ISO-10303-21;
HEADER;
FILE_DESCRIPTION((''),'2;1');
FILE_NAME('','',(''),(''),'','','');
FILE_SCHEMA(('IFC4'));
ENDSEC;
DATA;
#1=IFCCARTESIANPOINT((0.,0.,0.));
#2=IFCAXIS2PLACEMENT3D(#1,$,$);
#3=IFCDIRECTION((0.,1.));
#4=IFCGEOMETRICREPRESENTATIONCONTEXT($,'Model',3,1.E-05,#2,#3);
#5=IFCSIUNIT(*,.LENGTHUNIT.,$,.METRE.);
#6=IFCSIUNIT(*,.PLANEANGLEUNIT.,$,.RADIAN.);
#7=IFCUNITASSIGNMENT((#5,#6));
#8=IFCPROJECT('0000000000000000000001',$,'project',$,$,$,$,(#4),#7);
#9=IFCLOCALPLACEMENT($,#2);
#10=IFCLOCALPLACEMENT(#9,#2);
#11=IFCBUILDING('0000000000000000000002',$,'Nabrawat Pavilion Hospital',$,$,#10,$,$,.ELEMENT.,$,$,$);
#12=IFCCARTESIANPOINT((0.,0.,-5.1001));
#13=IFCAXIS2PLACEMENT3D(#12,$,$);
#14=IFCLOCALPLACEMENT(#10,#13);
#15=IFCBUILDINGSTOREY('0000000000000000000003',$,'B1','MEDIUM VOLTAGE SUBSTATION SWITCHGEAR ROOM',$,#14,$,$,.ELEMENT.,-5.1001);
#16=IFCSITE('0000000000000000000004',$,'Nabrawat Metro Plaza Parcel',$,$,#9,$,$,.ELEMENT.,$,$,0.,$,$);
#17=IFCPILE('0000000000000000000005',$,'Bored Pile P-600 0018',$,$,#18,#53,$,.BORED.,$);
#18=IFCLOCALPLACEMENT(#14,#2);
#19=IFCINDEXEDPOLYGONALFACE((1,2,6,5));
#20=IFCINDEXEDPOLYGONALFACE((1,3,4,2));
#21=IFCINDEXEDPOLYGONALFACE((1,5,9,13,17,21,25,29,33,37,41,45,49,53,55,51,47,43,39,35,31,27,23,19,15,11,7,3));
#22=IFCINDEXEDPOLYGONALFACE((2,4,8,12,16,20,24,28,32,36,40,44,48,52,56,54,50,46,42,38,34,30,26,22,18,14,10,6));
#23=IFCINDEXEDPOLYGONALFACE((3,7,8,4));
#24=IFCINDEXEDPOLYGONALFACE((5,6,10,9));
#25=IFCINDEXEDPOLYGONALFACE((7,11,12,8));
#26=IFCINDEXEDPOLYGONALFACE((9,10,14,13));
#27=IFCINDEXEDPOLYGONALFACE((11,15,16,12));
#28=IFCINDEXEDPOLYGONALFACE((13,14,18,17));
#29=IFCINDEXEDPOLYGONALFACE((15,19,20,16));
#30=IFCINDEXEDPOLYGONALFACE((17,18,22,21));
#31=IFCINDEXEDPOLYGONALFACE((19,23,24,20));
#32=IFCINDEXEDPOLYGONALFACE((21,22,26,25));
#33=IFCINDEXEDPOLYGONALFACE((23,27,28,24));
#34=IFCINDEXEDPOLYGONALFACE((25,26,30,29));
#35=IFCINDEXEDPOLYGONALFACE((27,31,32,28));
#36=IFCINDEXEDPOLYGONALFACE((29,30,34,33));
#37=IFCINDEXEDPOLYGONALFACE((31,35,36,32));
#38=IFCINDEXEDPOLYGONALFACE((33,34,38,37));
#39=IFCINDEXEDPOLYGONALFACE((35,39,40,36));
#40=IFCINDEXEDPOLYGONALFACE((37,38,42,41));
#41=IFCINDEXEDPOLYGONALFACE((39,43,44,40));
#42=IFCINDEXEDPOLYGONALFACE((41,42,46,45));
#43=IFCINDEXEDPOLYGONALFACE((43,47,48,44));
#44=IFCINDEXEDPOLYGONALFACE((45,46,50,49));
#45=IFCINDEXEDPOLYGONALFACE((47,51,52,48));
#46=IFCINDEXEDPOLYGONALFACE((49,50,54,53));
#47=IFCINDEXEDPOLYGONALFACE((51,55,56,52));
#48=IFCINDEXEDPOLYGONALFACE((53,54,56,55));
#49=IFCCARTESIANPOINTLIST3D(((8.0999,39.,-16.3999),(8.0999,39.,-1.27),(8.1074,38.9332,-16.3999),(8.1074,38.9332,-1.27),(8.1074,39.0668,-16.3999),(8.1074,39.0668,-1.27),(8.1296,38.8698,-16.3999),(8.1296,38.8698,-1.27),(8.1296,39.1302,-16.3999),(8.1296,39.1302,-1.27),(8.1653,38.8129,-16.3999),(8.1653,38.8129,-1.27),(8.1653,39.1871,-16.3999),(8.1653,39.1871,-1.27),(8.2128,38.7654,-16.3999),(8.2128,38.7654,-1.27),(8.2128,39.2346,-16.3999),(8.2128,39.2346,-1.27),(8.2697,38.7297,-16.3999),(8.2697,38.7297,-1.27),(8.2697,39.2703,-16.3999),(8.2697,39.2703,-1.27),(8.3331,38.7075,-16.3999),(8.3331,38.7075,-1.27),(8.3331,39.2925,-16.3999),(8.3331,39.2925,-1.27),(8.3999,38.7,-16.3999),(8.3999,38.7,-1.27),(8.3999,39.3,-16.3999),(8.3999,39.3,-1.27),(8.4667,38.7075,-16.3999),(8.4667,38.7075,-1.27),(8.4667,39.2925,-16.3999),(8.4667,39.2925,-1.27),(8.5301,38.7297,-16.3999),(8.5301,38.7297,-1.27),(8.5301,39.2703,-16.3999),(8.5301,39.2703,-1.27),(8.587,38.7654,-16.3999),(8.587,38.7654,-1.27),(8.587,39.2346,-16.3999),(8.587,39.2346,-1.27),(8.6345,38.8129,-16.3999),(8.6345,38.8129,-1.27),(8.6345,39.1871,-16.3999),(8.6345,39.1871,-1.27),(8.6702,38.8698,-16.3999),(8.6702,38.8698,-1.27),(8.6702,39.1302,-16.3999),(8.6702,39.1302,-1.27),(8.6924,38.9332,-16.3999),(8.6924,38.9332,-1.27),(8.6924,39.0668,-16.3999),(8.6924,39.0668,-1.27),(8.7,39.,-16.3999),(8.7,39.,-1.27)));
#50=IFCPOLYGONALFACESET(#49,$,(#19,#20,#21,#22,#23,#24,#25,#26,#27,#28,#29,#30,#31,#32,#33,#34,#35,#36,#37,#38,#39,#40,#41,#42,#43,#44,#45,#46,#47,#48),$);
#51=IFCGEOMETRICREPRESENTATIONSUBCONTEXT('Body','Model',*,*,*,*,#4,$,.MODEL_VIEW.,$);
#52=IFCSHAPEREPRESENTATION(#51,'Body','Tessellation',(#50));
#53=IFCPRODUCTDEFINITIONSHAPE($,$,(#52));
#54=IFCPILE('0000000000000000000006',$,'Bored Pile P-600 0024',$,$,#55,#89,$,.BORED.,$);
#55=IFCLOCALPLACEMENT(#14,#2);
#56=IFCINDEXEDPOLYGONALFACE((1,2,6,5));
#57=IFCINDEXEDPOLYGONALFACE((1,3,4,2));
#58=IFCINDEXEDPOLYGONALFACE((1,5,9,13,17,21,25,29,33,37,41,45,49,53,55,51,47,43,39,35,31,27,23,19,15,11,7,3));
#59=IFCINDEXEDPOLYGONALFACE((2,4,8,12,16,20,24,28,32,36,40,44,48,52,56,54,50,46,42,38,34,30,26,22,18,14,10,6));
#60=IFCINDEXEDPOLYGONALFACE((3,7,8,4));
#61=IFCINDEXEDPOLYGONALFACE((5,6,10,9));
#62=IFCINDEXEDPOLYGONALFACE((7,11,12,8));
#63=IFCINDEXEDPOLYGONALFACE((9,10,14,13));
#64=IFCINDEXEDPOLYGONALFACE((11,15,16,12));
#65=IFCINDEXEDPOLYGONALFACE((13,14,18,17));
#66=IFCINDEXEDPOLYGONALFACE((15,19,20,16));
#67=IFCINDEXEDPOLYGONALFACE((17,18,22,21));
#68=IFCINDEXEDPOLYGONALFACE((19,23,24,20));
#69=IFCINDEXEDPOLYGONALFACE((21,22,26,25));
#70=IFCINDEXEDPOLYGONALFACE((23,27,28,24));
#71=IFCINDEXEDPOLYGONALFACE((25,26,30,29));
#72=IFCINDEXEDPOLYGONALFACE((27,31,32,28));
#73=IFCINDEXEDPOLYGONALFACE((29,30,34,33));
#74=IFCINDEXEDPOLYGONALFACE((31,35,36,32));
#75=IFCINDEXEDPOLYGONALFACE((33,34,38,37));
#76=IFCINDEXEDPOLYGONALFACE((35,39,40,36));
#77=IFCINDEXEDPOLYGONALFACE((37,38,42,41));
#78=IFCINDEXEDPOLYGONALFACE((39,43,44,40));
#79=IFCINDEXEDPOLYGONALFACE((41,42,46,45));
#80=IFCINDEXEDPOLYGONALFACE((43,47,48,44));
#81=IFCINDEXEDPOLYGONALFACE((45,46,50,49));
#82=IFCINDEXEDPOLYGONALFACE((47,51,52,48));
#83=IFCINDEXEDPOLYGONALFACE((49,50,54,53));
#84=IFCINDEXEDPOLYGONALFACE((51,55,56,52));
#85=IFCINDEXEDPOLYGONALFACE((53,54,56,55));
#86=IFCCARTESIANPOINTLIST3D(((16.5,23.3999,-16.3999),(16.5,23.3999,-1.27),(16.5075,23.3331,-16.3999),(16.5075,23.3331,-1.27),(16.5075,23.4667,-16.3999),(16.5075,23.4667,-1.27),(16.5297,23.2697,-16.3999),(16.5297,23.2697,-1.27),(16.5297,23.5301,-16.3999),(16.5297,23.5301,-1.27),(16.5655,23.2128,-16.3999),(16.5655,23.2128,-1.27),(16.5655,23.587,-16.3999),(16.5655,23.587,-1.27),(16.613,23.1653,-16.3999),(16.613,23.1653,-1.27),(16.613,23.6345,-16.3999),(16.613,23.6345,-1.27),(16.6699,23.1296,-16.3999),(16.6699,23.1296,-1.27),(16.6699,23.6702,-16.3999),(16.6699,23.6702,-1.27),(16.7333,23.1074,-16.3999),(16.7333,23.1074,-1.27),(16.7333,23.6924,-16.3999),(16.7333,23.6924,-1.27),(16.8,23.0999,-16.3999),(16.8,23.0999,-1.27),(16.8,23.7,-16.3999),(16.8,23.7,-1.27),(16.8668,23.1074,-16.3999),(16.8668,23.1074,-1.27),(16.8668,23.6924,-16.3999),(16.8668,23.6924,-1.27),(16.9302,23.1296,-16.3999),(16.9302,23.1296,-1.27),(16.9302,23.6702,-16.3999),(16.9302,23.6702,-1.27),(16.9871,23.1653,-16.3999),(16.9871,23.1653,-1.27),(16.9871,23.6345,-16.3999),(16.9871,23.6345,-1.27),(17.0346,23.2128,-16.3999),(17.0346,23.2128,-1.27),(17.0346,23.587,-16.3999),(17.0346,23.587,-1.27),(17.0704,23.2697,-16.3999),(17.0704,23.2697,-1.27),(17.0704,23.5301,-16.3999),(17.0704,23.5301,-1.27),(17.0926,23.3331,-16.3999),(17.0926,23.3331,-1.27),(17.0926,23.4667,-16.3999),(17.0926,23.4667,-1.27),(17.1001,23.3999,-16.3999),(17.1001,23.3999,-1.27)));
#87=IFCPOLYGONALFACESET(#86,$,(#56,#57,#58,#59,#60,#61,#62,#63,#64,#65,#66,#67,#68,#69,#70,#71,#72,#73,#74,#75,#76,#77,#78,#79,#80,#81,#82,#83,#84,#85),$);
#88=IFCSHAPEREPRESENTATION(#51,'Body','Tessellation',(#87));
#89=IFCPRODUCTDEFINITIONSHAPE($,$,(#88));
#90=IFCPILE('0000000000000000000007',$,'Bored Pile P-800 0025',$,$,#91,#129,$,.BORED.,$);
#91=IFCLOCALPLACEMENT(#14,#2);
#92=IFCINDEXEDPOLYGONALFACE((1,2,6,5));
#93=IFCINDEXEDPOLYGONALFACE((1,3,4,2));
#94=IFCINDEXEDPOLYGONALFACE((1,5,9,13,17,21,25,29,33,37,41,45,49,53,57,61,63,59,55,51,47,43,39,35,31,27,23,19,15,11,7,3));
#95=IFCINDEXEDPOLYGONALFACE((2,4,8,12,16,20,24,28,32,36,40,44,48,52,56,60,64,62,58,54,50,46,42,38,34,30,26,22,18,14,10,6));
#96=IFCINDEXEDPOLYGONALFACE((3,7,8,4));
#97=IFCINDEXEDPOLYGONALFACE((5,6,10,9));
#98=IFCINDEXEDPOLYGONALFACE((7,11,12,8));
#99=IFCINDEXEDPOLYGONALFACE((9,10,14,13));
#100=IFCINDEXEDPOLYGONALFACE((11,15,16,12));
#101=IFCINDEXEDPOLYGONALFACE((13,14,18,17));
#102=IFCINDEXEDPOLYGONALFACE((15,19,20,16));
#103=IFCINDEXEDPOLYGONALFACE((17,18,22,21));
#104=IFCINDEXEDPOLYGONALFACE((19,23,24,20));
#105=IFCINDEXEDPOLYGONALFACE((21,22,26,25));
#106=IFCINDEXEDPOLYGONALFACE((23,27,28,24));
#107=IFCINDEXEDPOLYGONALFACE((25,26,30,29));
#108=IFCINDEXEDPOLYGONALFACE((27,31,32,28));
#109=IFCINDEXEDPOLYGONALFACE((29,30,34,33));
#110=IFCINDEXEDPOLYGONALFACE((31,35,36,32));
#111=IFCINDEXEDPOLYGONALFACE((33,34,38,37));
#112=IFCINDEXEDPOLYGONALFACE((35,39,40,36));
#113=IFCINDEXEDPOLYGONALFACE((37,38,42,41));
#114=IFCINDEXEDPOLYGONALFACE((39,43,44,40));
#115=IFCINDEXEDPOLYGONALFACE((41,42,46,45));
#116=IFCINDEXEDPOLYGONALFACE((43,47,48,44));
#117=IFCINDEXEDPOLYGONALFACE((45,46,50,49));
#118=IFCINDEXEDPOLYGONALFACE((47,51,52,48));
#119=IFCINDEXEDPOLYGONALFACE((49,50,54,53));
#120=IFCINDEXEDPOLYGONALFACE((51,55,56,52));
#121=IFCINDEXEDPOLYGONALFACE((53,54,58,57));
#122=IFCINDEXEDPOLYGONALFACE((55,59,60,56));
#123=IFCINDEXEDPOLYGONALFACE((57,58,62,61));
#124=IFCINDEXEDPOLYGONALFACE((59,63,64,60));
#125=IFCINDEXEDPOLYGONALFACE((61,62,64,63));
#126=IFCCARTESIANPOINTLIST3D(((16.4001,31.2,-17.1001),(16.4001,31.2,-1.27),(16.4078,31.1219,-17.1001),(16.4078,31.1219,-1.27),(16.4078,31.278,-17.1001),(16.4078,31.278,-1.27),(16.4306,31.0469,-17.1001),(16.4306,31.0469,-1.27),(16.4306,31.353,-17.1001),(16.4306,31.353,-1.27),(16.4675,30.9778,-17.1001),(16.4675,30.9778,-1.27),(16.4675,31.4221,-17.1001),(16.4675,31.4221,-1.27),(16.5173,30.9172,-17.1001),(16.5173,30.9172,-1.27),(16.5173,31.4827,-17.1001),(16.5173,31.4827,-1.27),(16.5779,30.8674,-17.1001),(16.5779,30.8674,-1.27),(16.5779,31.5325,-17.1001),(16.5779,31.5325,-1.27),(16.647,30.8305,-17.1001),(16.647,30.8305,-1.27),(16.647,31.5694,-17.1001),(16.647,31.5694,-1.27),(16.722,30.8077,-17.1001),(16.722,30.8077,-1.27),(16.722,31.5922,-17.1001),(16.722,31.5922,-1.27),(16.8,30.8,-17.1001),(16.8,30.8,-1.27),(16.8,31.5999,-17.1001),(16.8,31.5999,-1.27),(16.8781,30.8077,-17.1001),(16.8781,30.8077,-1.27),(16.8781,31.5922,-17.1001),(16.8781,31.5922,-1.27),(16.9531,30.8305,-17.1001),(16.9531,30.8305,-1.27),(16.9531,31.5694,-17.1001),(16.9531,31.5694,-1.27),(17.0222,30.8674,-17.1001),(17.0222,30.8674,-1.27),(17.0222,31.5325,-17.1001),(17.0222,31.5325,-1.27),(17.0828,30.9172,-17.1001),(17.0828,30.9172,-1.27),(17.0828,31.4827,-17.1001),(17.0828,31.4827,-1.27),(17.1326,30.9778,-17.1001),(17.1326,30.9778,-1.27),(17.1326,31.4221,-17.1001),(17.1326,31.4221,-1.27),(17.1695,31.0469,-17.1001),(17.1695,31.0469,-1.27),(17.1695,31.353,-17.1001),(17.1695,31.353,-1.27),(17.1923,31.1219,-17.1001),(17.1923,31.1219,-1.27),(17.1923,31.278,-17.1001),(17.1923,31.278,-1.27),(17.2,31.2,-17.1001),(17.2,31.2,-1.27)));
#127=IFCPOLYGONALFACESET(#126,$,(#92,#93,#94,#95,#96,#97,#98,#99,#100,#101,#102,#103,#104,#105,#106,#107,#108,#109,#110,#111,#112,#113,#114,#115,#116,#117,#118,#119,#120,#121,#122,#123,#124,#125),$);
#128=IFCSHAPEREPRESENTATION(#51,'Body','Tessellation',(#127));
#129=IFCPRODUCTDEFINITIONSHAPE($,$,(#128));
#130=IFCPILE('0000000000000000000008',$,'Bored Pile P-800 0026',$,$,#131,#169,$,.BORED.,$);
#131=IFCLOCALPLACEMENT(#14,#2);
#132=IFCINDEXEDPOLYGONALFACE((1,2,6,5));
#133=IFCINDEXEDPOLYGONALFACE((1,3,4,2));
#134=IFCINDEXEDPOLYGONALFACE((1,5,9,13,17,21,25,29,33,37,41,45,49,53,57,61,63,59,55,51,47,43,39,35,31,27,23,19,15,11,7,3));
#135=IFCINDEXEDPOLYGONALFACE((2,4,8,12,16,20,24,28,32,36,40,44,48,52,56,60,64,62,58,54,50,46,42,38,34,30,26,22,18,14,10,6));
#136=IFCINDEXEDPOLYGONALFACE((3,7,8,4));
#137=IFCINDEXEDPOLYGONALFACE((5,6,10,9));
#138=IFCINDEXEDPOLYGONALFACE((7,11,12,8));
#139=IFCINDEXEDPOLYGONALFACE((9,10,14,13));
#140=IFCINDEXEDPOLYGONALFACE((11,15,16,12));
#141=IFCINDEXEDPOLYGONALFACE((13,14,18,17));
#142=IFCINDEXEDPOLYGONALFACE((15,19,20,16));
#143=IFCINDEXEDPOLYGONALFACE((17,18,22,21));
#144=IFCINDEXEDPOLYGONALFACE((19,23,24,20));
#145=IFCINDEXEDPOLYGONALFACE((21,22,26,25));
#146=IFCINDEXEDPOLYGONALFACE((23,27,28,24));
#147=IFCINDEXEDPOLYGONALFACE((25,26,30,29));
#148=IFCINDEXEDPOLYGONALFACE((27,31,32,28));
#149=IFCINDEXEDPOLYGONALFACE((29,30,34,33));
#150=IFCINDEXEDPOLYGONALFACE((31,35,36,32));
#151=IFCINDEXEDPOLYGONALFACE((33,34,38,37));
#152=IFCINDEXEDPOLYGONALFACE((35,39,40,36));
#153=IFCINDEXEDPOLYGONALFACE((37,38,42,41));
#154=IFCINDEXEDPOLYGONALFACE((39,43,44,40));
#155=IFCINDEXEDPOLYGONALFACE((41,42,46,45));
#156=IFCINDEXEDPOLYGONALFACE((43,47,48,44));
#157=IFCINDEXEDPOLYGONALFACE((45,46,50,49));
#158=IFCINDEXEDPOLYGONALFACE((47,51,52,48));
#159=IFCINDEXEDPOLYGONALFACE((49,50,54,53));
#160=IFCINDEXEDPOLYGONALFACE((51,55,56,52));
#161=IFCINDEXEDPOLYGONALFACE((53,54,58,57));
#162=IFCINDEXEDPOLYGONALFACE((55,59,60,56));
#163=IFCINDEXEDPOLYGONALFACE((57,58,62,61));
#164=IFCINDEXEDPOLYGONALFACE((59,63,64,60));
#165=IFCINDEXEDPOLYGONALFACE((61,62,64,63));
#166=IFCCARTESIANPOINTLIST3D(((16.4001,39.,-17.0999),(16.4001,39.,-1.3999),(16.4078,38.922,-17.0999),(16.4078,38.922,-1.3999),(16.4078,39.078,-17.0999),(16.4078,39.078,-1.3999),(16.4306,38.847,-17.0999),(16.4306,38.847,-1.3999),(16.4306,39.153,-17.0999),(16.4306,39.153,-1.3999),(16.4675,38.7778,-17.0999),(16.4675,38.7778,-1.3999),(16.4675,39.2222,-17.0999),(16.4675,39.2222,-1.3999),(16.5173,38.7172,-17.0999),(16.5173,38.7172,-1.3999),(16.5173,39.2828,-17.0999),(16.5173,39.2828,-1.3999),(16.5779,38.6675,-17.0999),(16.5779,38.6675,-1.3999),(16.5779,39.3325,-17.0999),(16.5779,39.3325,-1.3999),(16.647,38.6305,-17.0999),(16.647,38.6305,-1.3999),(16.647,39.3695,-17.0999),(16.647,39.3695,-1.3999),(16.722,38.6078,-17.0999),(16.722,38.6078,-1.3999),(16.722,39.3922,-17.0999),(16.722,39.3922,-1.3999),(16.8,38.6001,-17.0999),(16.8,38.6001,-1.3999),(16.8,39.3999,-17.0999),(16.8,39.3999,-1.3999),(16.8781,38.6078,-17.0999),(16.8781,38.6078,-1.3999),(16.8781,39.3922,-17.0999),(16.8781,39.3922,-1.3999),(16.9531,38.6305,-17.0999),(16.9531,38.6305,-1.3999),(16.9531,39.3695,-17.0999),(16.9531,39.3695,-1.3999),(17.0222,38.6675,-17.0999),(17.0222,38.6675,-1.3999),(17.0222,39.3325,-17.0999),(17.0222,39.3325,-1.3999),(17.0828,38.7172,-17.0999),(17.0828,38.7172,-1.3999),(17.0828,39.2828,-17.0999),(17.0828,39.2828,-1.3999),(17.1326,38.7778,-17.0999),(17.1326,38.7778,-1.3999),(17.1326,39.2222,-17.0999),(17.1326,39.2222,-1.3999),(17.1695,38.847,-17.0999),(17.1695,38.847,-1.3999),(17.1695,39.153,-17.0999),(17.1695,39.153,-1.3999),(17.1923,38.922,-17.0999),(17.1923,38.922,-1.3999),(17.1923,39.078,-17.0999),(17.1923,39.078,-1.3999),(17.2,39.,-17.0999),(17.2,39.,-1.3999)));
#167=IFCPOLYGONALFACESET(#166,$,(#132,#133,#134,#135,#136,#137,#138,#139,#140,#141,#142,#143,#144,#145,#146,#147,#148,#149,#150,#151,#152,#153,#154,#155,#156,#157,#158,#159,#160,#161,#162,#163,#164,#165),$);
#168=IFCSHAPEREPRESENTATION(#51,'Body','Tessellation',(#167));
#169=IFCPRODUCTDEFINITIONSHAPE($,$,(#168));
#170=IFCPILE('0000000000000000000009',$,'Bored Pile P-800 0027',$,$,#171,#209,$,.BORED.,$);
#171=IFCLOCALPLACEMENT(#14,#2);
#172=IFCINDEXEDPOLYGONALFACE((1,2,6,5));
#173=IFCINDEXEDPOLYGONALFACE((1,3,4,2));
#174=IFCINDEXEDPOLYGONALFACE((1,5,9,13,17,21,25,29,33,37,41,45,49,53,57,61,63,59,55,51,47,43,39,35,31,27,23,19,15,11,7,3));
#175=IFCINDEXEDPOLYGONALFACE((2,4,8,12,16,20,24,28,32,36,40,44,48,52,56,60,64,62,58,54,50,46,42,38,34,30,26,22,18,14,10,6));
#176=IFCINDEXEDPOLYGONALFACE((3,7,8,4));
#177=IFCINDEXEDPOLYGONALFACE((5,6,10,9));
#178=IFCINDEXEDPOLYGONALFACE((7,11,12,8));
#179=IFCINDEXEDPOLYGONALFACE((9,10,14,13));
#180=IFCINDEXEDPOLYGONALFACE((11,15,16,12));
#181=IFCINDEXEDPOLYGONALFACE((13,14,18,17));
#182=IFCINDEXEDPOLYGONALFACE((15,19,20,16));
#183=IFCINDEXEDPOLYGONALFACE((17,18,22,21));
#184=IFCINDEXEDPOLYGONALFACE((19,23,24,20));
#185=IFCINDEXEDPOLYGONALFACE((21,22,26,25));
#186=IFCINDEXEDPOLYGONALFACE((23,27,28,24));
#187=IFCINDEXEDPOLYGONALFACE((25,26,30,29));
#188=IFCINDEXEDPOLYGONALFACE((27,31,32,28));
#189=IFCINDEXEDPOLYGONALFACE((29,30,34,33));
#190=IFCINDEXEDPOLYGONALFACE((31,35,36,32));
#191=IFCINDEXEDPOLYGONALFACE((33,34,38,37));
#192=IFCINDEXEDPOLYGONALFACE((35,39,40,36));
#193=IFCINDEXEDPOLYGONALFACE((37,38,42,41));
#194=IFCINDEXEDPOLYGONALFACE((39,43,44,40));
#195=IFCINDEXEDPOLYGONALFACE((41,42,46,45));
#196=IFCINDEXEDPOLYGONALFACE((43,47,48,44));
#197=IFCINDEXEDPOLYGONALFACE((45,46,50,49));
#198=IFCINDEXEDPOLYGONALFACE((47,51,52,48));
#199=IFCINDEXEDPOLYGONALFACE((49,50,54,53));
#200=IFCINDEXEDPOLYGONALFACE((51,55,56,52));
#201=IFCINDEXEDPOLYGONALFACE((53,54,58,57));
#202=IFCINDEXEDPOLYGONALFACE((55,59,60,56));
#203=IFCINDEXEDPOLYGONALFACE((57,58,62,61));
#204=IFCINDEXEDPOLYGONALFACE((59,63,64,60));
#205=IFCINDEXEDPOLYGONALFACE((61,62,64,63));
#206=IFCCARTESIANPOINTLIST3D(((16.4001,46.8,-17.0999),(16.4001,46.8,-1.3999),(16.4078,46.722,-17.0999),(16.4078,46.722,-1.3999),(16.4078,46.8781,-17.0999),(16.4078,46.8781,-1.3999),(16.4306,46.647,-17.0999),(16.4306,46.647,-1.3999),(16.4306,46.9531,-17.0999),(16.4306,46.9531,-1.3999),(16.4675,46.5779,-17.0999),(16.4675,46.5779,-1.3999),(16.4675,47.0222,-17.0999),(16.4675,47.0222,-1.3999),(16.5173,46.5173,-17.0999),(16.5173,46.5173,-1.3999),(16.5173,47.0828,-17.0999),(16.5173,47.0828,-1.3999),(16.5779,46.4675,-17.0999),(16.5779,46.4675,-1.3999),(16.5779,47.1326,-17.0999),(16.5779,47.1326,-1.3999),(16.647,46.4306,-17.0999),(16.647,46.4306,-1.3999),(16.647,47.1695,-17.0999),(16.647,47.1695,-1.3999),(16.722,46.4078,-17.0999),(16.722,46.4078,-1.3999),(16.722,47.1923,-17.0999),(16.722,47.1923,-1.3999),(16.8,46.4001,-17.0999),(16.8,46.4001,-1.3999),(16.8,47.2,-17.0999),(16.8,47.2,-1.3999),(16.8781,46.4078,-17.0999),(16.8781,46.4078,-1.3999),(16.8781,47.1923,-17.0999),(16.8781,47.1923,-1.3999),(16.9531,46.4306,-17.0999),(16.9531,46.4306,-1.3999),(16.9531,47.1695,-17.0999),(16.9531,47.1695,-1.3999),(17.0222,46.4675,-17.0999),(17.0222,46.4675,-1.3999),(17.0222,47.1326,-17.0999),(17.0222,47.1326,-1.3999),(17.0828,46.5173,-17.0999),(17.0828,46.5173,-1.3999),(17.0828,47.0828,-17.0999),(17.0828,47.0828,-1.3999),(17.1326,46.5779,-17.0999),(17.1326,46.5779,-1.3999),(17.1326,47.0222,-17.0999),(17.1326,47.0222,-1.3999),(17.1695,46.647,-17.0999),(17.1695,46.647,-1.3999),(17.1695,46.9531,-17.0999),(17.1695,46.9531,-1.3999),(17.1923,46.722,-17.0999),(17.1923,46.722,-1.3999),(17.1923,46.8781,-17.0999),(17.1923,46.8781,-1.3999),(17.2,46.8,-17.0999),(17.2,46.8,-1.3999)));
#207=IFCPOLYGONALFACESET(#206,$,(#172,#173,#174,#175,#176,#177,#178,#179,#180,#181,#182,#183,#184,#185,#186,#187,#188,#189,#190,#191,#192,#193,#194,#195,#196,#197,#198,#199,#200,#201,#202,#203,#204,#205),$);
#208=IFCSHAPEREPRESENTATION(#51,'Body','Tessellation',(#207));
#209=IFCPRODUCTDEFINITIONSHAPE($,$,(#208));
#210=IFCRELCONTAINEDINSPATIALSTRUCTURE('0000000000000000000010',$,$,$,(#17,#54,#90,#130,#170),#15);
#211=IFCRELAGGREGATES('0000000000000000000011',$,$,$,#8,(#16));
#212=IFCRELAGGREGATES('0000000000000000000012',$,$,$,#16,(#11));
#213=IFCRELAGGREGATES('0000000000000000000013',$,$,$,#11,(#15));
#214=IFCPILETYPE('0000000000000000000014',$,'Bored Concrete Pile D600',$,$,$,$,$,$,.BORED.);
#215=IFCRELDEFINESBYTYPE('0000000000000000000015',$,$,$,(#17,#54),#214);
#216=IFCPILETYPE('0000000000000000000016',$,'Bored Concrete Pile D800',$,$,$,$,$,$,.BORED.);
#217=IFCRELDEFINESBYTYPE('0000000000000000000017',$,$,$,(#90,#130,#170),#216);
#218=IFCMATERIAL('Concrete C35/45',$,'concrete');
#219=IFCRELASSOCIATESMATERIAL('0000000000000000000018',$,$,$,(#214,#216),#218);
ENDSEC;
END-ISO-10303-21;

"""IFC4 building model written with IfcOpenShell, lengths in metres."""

from ifc_helpers import new_model, si_unit, direction, frame, origin, origin_2d, place, context, subcontext, project, spatial, circle, extrude, material, material_profile, profile_set, type_object, element, save


model = new_model("IFC4")

# Units and contexts
model_context = context("Model", 3, precision=1e-05, world=origin(), true_north=direction((0.0, 1.0)))
body_context = subcontext(model_context, "Body", "Model", "MODEL_VIEW")
ifc_project = project(units=[si_unit("LENGTHUNIT", "METRE"), si_unit("PLANEANGLEUNIT", "RADIAN")], contexts=[model_context])

# Site, building, storey
site_placement = place(None, origin())
site = spatial("IfcSite", under=ifc_project, at=site_placement, Name="Nabrawat Metro Plaza Parcel", CompositionType="ELEMENT", RefElevation=0.0)
building_placement = place(site_placement, origin())
building = spatial("IfcBuilding", under=site, at=building_placement, Name="Nabrawat Pavilion Hospital", CompositionType="ELEMENT")
storey_placement = place(building_placement, frame((0.0, 0.0, -5.1001)))
storey = spatial("IfcBuildingStorey", under=building, at=storey_placement, Name="B1", Description="MEDIUM VOLTAGE SUBSTATION SWITCHGEAR ROOM", CompositionType="ELEMENT", Elevation=-5.1001)

# Piles
ifc_material_1 = material(Name="Concrete C35/45", Category="concrete")
ifc_material_profile_1 = material_profile(ifc_material_1, circle(Radius=0.3, at=origin_2d()), Name="DIA 600")
ifc_profile_set_1 = profile_set([ifc_material_profile_1], Name="Concrete C35/45")
pile_type_1 = type_object("IfcPileType", Name="Bored Concrete Pile D600", PredefinedType="BORED", material=ifc_profile_set_1)
for number, where, z_axis, x_axis, name in (
    (1, (8.3999, 39.0, -1.27), (0.0, 0.0, -1.0), (1.0, 0.0, 0.0), "Bored Pile P-600 0018"),
    (2, (16.8, 23.3999, -1.27), (0.0, 0.0, -1.0), (1.0, 0.0, 0.0), "Bored Pile P-600 0024"),
):
    element("IfcPile", number, at=place(storey_placement, frame(where, z_axis=z_axis, x_axis=x_axis)), inside=storey, type_object=pile_type_1, Name=name, PredefinedType="BORED", context=body_context, shape_type="SweptSolid", body=[
        extrude(circle(Radius=0.3, at=origin_2d()), origin(), (0.0, 0.0, 1.0), 15.1299),
    ])
ifc_material_profile_2 = material_profile(ifc_material_1, circle(Radius=0.3999, at=origin_2d()), Name="DIA 800")
ifc_profile_set_2 = profile_set([ifc_material_profile_2], Name="Concrete C35/45")
pile_type_2 = type_object("IfcPileType", Name="Bored Concrete Pile D800", PredefinedType="BORED", material=ifc_profile_set_2)
pile_1_placement = place(storey_placement, frame((16.8, 31.2, -1.27), z_axis=(0.0, 0.0, -1.0), x_axis=(1.0, 0.0, 0.0)))
element("IfcPile", 3, at=pile_1_placement, inside=storey, type_object=pile_type_2, Name="Bored Pile P-800 0025", PredefinedType="BORED", context=body_context, shape_type="SweptSolid", body=[
    extrude(circle(Radius=0.3999, at=origin_2d()), origin(), (0.0, 0.0, 1.0), 15.8301),
])
for number, where, z_axis, x_axis, name in (
    (4, (16.8, 39.0, -1.3999), (0.0, 0.0, -1.0), (1.0, 0.0, 0.0), "Bored Pile P-800 0026"),
    (5, (16.8, 46.8, -1.3999), (0.0, 0.0, -1.0), (1.0, 0.0, 0.0), "Bored Pile P-800 0027"),
):
    element("IfcPile", number, at=place(storey_placement, frame(where, z_axis=z_axis, x_axis=x_axis)), inside=storey, type_object=pile_type_2, Name=name, PredefinedType="BORED", context=body_context, shape_type="SweptSolid", body=[
        extrude(circle(Radius=0.3999, at=origin_2d()), origin(), (0.0, 0.0, 1.0), 15.7),
    ])

save(model, "model.ifc")
